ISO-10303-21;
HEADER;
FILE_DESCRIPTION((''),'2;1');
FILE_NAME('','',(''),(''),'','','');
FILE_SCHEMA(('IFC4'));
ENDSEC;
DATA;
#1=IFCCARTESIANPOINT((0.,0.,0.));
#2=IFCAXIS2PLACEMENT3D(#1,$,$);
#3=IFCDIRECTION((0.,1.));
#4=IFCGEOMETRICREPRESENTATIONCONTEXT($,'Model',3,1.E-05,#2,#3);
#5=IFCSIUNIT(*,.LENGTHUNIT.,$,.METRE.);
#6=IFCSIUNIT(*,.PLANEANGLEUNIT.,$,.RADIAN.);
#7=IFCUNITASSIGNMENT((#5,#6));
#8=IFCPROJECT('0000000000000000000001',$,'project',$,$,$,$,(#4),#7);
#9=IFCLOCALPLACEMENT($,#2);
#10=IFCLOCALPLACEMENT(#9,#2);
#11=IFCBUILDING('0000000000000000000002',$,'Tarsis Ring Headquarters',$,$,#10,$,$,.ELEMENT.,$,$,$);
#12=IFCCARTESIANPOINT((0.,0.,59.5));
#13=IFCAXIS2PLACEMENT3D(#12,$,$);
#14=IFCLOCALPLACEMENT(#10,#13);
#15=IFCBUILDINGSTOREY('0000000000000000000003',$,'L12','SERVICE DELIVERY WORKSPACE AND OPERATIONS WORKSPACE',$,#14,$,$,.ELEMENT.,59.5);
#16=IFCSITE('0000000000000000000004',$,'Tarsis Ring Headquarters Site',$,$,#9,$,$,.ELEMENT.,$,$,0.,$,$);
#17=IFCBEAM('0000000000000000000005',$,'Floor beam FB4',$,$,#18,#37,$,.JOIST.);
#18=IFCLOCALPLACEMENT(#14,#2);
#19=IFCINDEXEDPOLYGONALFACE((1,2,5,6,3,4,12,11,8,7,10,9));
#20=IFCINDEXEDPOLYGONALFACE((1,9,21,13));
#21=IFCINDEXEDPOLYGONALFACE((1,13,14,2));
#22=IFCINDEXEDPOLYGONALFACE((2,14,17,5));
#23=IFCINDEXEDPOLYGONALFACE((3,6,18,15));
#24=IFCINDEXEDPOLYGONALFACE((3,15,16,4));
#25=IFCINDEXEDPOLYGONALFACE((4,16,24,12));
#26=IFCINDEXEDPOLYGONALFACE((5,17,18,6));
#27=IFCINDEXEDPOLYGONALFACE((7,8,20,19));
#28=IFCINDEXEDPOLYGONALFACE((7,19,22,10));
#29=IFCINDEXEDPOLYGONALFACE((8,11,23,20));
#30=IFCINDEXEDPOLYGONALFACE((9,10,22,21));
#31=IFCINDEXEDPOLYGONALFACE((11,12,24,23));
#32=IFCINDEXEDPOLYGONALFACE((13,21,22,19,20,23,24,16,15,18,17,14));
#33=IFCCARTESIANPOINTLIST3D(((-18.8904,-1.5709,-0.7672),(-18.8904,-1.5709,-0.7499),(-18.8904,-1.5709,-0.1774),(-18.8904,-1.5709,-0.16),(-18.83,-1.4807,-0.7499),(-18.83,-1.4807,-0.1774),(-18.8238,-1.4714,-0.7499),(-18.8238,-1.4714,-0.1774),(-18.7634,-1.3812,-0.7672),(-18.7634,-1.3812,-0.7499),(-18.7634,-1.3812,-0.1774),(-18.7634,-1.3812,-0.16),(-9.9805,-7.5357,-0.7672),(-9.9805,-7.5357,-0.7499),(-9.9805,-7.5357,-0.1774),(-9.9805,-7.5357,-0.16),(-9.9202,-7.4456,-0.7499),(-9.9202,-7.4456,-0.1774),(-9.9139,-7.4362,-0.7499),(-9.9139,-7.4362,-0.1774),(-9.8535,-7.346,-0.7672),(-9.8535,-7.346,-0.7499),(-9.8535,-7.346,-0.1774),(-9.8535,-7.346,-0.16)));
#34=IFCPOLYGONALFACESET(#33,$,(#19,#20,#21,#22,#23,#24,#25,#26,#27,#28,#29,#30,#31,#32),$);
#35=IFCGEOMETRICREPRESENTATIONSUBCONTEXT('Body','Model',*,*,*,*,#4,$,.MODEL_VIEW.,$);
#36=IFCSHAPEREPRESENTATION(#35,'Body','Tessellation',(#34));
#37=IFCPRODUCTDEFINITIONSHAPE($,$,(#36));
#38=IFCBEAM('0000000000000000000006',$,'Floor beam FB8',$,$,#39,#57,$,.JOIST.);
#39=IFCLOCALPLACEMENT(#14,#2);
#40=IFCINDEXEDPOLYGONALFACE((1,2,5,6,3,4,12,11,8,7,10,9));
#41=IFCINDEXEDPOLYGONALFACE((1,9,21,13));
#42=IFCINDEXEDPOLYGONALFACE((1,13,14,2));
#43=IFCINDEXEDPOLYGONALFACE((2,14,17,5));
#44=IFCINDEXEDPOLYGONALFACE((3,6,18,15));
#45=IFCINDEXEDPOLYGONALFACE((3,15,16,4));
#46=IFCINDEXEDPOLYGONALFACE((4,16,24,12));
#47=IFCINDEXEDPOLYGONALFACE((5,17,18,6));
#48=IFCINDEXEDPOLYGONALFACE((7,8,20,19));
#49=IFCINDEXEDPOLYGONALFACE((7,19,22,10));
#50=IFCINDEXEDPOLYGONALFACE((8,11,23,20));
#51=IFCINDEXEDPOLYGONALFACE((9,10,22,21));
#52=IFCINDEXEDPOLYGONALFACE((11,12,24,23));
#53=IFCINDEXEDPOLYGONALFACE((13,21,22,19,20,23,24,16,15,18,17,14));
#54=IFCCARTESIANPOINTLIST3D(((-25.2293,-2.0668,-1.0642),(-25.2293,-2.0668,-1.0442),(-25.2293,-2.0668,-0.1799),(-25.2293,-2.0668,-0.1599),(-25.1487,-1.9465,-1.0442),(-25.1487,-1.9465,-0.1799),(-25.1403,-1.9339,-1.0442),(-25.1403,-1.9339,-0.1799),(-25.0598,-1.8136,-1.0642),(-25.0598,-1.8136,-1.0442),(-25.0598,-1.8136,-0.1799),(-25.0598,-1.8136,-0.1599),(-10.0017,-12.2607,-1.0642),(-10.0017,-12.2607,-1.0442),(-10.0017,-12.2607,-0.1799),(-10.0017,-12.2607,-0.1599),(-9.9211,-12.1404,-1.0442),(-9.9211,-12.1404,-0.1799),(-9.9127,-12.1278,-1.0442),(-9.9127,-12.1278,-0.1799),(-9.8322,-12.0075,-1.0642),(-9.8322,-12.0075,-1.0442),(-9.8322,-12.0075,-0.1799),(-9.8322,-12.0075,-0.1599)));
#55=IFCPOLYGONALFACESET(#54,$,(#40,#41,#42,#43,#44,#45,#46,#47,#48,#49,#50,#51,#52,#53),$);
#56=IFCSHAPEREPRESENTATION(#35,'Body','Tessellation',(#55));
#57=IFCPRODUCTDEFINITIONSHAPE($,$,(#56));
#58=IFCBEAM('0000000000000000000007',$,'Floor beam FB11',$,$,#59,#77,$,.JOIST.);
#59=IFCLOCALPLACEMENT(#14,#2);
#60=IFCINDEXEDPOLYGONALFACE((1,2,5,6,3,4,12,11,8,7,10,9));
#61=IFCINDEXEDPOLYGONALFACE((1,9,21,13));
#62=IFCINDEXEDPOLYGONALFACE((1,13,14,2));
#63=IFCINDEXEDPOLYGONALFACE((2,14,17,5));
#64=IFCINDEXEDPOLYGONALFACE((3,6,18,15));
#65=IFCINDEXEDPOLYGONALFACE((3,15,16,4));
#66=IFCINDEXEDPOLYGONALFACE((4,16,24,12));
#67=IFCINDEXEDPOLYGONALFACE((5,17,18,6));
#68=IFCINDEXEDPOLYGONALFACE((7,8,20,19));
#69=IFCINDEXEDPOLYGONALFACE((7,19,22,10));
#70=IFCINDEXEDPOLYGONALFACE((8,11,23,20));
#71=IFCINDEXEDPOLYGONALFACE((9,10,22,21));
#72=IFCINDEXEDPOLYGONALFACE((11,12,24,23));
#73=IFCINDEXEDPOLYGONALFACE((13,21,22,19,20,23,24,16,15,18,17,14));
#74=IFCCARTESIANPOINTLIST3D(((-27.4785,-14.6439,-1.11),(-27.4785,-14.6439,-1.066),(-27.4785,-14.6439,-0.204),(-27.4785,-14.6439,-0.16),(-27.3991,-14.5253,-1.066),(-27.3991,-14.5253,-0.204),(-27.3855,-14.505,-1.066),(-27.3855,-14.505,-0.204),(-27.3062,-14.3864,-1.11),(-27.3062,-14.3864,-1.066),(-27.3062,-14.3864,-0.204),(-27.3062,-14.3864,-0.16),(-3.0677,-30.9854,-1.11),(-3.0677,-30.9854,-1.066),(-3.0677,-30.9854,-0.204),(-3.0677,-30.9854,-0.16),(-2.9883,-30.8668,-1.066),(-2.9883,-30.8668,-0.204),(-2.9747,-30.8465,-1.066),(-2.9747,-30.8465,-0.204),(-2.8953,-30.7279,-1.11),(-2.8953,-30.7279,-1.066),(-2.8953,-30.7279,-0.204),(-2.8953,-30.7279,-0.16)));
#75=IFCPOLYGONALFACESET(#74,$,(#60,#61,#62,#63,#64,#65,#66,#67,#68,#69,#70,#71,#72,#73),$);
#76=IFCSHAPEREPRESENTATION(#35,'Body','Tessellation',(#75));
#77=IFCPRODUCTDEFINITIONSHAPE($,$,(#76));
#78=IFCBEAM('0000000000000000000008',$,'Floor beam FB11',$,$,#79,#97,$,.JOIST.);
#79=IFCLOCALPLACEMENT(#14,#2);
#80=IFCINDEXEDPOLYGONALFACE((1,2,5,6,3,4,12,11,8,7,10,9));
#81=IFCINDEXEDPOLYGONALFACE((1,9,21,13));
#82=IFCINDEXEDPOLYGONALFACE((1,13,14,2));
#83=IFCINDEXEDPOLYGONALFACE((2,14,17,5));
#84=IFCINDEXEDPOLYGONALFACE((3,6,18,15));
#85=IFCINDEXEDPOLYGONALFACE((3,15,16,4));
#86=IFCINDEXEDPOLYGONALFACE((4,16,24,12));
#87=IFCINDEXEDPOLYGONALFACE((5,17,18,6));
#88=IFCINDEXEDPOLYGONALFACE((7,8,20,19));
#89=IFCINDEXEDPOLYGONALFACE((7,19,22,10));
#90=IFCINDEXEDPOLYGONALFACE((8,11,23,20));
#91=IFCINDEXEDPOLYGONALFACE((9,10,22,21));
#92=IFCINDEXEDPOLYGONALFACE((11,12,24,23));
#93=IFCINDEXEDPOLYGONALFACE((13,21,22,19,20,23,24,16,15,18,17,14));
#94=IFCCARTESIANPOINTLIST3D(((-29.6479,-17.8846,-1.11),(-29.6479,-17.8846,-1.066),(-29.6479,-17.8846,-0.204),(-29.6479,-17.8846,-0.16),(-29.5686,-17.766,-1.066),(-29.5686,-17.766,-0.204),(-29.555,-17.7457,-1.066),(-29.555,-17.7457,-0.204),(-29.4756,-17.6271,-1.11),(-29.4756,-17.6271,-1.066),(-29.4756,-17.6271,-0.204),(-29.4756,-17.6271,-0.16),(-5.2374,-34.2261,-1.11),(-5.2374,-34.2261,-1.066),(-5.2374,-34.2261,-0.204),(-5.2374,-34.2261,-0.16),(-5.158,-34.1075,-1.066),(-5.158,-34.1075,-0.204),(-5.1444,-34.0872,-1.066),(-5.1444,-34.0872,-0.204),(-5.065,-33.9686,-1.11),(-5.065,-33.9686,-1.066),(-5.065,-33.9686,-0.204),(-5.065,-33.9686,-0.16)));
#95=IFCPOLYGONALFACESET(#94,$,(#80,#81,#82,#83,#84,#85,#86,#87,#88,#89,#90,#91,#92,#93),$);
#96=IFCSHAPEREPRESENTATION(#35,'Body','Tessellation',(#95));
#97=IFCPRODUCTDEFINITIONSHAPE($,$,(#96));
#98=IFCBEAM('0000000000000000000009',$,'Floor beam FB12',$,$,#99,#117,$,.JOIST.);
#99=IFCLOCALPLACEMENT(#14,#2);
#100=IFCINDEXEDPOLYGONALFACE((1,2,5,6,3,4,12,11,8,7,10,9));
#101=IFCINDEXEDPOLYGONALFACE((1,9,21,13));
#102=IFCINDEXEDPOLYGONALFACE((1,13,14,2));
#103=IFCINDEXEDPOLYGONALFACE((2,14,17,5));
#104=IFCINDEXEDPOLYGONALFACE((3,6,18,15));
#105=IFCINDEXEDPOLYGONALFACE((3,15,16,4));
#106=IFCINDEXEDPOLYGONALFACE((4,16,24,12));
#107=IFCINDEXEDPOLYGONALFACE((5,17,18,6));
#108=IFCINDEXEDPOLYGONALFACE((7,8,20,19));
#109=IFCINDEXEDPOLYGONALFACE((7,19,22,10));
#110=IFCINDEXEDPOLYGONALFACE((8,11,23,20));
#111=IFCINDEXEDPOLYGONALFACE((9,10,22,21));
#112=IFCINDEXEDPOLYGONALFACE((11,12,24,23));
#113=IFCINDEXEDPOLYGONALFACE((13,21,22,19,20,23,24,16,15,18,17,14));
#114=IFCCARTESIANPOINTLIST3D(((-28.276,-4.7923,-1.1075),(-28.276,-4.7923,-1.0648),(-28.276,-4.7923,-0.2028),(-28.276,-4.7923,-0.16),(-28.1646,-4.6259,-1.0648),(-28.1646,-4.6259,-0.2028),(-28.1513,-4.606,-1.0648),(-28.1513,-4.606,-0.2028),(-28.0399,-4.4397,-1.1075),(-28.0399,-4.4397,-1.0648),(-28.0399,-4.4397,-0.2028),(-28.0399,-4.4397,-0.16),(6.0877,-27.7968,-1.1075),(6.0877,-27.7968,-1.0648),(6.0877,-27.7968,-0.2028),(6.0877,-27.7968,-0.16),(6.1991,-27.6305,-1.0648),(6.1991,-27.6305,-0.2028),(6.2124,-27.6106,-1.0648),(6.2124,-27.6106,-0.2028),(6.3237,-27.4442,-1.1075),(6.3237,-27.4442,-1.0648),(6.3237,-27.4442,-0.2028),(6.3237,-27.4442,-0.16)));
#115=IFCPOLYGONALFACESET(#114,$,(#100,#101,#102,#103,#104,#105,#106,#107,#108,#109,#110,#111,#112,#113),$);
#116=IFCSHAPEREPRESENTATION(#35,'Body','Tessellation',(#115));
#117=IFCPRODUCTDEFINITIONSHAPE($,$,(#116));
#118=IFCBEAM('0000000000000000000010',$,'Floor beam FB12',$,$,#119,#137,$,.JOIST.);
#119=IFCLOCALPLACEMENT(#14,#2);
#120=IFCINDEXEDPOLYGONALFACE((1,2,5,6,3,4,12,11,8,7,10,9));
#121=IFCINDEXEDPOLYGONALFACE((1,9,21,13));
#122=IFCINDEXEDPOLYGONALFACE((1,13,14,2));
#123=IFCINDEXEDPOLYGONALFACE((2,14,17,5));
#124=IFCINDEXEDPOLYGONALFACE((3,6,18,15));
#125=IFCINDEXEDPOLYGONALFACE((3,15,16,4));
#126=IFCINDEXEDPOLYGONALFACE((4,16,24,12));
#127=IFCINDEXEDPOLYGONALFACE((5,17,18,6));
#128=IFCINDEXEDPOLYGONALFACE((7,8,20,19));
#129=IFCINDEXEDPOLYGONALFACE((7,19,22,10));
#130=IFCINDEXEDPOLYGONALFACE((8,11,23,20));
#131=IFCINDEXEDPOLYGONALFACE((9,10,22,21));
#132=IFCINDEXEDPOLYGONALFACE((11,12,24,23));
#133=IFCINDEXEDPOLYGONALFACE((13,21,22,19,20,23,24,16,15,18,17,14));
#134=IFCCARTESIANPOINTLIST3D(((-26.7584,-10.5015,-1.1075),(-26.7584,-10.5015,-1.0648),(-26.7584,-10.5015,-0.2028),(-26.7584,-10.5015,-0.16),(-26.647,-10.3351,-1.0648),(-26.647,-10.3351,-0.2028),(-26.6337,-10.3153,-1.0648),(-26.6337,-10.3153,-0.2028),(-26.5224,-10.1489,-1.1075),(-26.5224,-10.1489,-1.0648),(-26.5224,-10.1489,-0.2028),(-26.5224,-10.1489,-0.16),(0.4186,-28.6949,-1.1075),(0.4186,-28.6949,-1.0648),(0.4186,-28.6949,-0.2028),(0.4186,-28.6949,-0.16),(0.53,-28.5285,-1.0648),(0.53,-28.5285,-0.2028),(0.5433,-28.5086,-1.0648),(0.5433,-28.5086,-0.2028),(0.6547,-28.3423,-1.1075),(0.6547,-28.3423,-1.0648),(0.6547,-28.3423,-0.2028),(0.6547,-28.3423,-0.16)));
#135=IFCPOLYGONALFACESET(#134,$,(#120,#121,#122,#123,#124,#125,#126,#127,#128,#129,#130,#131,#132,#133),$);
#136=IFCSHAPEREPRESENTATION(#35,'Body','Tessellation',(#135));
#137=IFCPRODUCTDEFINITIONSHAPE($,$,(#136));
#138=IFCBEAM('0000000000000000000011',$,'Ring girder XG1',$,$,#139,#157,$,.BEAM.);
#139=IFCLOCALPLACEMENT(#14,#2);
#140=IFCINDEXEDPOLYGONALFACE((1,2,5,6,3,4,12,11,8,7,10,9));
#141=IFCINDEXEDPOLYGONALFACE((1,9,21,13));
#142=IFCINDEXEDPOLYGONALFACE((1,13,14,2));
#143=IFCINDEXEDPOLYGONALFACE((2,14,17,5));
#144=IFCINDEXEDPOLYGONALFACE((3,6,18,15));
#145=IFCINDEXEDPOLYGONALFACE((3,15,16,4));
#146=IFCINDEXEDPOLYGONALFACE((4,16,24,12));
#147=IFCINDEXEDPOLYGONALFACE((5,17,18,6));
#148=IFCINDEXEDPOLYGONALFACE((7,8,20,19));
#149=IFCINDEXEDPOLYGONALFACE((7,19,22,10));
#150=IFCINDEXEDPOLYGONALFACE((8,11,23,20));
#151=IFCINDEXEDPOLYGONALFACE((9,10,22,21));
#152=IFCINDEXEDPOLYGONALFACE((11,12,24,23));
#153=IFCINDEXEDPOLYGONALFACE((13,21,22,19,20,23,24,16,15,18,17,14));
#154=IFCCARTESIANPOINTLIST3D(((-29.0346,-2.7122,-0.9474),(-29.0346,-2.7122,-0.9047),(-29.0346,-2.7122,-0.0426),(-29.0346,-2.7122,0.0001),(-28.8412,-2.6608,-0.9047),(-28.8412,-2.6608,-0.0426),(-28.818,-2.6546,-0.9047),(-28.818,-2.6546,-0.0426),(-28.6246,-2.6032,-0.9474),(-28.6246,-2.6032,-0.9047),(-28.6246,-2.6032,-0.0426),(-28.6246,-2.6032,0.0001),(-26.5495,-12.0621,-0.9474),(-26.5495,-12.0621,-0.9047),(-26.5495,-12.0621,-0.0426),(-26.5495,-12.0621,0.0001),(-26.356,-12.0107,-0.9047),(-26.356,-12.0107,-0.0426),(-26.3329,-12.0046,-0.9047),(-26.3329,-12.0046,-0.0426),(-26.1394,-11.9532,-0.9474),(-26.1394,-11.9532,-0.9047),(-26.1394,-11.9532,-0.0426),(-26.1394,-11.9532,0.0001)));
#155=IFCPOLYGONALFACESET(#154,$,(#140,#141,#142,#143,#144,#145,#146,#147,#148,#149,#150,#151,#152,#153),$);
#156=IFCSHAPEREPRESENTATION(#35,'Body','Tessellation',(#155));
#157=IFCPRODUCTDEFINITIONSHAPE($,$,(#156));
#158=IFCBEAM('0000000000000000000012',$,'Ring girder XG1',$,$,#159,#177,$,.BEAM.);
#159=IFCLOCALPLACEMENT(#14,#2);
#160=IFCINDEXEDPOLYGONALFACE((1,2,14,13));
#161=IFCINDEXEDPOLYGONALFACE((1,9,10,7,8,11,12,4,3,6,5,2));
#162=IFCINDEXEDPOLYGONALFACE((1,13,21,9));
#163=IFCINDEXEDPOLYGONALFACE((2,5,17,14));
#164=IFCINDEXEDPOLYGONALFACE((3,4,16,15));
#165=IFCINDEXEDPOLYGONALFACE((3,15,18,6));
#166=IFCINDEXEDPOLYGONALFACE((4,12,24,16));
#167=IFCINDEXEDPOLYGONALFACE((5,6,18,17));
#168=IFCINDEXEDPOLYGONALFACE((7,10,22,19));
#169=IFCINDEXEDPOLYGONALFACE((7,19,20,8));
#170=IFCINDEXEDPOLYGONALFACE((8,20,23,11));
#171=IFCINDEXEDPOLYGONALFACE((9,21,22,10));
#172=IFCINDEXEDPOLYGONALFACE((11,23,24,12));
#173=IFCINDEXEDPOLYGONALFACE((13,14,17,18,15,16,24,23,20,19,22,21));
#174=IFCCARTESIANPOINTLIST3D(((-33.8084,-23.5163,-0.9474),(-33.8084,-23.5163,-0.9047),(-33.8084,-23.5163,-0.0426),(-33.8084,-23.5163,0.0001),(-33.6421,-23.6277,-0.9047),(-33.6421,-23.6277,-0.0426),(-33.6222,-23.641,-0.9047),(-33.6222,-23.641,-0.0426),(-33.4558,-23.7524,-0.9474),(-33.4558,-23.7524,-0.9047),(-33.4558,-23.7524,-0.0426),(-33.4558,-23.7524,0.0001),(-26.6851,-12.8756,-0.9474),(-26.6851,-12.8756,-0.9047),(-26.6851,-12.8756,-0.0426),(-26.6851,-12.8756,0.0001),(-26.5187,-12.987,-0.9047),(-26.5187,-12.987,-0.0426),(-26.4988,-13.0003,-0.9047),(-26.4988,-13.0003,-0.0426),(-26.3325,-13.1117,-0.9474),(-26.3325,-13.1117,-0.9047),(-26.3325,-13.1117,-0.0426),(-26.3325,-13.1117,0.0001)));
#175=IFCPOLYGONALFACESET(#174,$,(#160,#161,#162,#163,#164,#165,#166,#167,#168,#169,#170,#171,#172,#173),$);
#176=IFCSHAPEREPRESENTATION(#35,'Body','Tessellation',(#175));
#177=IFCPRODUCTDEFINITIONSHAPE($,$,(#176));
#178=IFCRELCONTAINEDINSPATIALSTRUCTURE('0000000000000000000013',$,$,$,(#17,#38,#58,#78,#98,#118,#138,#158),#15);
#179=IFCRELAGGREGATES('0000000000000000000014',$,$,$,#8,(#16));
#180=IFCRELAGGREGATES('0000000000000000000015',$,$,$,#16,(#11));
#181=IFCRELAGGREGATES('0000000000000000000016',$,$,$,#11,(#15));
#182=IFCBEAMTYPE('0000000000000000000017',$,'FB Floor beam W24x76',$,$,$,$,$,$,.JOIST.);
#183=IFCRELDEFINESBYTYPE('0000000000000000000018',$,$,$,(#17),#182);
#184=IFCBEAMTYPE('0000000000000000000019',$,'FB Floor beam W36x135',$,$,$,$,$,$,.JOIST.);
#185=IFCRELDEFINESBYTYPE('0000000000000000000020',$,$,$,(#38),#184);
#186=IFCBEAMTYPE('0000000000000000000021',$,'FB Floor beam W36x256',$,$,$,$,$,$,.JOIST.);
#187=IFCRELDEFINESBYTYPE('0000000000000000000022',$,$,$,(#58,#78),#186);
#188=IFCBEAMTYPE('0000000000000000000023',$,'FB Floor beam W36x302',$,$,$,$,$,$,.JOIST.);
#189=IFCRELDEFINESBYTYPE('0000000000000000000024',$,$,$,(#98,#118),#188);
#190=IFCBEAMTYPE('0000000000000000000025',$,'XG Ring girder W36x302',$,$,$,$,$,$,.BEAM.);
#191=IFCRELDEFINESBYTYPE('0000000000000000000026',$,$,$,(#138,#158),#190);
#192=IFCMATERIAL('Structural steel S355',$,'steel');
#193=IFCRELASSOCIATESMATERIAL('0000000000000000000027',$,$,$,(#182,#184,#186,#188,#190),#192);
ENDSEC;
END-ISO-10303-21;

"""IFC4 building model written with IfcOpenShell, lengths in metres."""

from ifc_helpers import new_model, si_unit, direction, frame, origin, origin_2d, place, context, subcontext, project, spatial, i_section, extrude, material, material_profile, profile_set, type_object, element, save


model = new_model("IFC4")

# Units and contexts
model_context = context("Model", 3, precision=1e-05, world=origin(), true_north=direction((0.0, 1.0)))
body_context = subcontext(model_context, "Body", "Model", "MODEL_VIEW")
ifc_project = project(units=[si_unit("LENGTHUNIT", "METRE"), si_unit("PLANEANGLEUNIT", "RADIAN")], contexts=[model_context])

# Site, building, storey
site_placement = place(None, origin())
site = spatial("IfcSite", under=ifc_project, at=site_placement, Name="Tarsis Ring Headquarters Site", CompositionType="ELEMENT", RefElevation=0.0)
building_placement = place(site_placement, origin())
building = spatial("IfcBuilding", under=site, at=building_placement, Name="Tarsis Ring Headquarters", CompositionType="ELEMENT")
storey_placement = place(building_placement, frame((0.0, 0.0, 59.5)))
storey = spatial("IfcBuildingStorey", under=building, at=storey_placement, Name="L12", Description="SERVICE DELIVERY WORKSPACE AND OPERATIONS WORKSPACE", CompositionType="ELEMENT", Elevation=59.5)

# Beams
ifc_material_1 = material(Name="Structural steel S355", Category="steel")
ifc_material_profile_1 = material_profile(ifc_material_1, i_section(OverallWidth=0.2283, OverallDepth=0.6072, WebThickness=0.0112, FlangeThickness=0.0173, at=origin_2d()), Name="W24x76")
ifc_profile_set_1 = profile_set([ifc_material_profile_1], Name="Structural steel S355")
beam_type_1 = type_object("IfcBeamType", Name="FB Floor beam W24x76", PredefinedType="JOIST", material=ifc_profile_set_1)
beam_1_placement = place(storey_placement, frame((-18.8269, -1.4761, -0.4636), z_axis=(0.830977, -0.556307, 0.0), x_axis=(0.556307, 0.830977, 0.0)))
element("IfcBeam", 1, at=beam_1_placement, inside=storey, type_object=beam_type_1, Name="Floor beam FB4", PredefinedType="JOIST", context=body_context, shape_type="SweptSolid", body=[
    extrude(i_section(OverallWidth=0.2283, OverallDepth=0.6072, WebThickness=0.0112, FlangeThickness=0.0173, at=origin_2d()), origin(), (0.0, 0.0, 1.0), 10.7222),
])
ifc_material_profile_2 = material_profile(ifc_material_1, i_section(OverallWidth=0.3047, OverallDepth=0.9043, WebThickness=0.0151, FlangeThickness=0.02, at=origin_2d()), Name="W36x135")
ifc_profile_set_2 = profile_set([ifc_material_profile_2], Name="Structural steel S355")
beam_type_2 = type_object("IfcBeamType", Name="FB Floor beam W36x135", PredefinedType="JOIST", material=ifc_profile_set_2)
beam_2_placement = place(storey_placement, frame((-25.1445, -1.9402, -0.6121), z_axis=(0.830987, -0.556292, 0.0), x_axis=(0.556292, 0.830987, 0.0)))
element("IfcBeam", 2, at=beam_2_placement, inside=storey, type_object=beam_type_2, Name="Floor beam FB8", PredefinedType="JOIST", context=body_context, shape_type="SweptSolid", body=[
    extrude(i_section(OverallWidth=0.3047, OverallDepth=0.9043, WebThickness=0.0151, FlangeThickness=0.02, at=origin_2d()), origin(), (0.0, 0.0, 1.0), 18.3247),
])
ifc_material_profile_3 = material_profile(ifc_material_1, i_section(OverallWidth=0.3098, OverallDepth=0.95, WebThickness=0.0244, FlangeThickness=0.0439, at=origin_2d()), Name="W36x256")
ifc_profile_set_3 = profile_set([ifc_material_profile_3], Name="Structural steel S355")
beam_type_3 = type_object("IfcBeamType", Name="FB Floor beam W36x256", PredefinedType="JOIST", material=ifc_profile_set_3)
beam_3_placement = place(storey_placement, frame((-27.3923, -14.5151, -0.635), z_axis=(0.830986, -0.556293, 0.0), x_axis=(0.556293, 0.830986, 0.0)))
element("IfcBeam", 3, at=beam_3_placement, inside=storey, type_object=beam_type_3, Name="Floor beam FB11", PredefinedType="JOIST", context=body_context, shape_type="SweptSolid", body=[
    extrude(i_section(OverallWidth=0.3098, OverallDepth=0.95, WebThickness=0.0244, FlangeThickness=0.0439, at=origin_2d()), origin(), (0.0, 0.0, 1.0), 29.3757),
])
beam_4_placement = place(storey_placement, frame((-29.5618, -17.7559, -0.635), z_axis=(0.830984, -0.556297, 0.0), x_axis=(0.556297, 0.830984, 0.0)))
element("IfcBeam", 4, at=beam_4_placement, inside=storey, type_object=beam_type_3, Name="Floor beam FB11", PredefinedType="JOIST", context=body_context, shape_type="SweptSolid", body=[
    extrude(i_section(OverallWidth=0.3098, OverallDepth=0.95, WebThickness=0.0244, FlangeThickness=0.0439, at=origin_2d()), origin(), (0.0, 0.0, 1.0), 29.3755),
])
ifc_material_profile_4 = material_profile(ifc_material_1, i_section(OverallWidth=0.4243, OverallDepth=0.9475, WebThickness=0.0239, FlangeThickness=0.0427, at=origin_2d()), Name="W36x302")
ifc_profile_set_4 = profile_set([ifc_material_profile_4], Name="Structural steel S355")
beam_type_4 = type_object("IfcBeamType", Name="FB Floor beam W36x302", PredefinedType="JOIST", material=ifc_profile_set_4)
beam_5_placement = place(storey_placement, frame((-28.158, -4.616, -0.6338), z_axis=(0.830983, -0.556297, 0.0), x_axis=(0.556297, 0.830983, 0.0)))
element("IfcBeam", 5, at=beam_5_placement, inside=storey, type_object=beam_type_4, Name="Floor beam FB12", PredefinedType="JOIST", context=body_context, shape_type="SweptSolid", body=[
    extrude(i_section(OverallWidth=0.4243, OverallDepth=0.9475, WebThickness=0.0239, FlangeThickness=0.0427, at=origin_2d()), origin(), (0.0, 0.0, 1.0), 41.353),
])
beam_6_placement = place(storey_placement, frame((-26.6404, -10.3252, -0.6338), z_axis=(0.830985, -0.556294, 0.0), x_axis=(0.556294, 0.830985, 0.0)))
element("IfcBeam", 6, at=beam_6_placement, inside=storey, type_object=beam_type_4, Name="Floor beam FB12", PredefinedType="JOIST", context=body_context, shape_type="SweptSolid", body=[
    extrude(i_section(OverallWidth=0.4243, OverallDepth=0.9475, WebThickness=0.0239, FlangeThickness=0.0427, at=origin_2d()), origin(), (0.0, 0.0, 1.0), 32.7046),
])
beam_type_5 = type_object("IfcBeamType", Name="XG Ring girder W36x302", PredefinedType="BEAM", material=ifc_profile_set_4)
beam_7_placement = place(storey_placement, frame((-28.8296, -2.6577, -0.4736), z_axis=(0.256873, -0.966445, 0.0), x_axis=(0.966445, 0.256873, 0.0)))
element("IfcBeam", 7, at=beam_7_placement, inside=storey, type_object=beam_type_5, Name="Ring girder XG1", PredefinedType="BEAM", context=body_context, shape_type="SweptSolid", body=[
    extrude(i_section(OverallWidth=0.4243, OverallDepth=0.9475, WebThickness=0.0239, FlangeThickness=0.0427, at=origin_2d()), origin(), (0.0, 0.0, 1.0), 9.6746),
])
beam_8_placement = place(storey_placement, frame((-26.5088, -12.9937, -0.4736), z_axis=(-0.556296, -0.830984, 0.0), x_axis=(0.830984, -0.556296, 0.0)))
element("IfcBeam", 8, at=beam_8_placement, inside=storey, type_object=beam_type_5, Name="Ring girder XG1", PredefinedType="BEAM", context=body_context, shape_type="SweptSolid", body=[
    extrude(i_section(OverallWidth=0.4243, OverallDepth=0.9475, WebThickness=0.0239, FlangeThickness=0.0427, at=origin_2d()), origin(), (0.0, 0.0, 1.0), 12.8049),
])

save(model, "model.ifc")
